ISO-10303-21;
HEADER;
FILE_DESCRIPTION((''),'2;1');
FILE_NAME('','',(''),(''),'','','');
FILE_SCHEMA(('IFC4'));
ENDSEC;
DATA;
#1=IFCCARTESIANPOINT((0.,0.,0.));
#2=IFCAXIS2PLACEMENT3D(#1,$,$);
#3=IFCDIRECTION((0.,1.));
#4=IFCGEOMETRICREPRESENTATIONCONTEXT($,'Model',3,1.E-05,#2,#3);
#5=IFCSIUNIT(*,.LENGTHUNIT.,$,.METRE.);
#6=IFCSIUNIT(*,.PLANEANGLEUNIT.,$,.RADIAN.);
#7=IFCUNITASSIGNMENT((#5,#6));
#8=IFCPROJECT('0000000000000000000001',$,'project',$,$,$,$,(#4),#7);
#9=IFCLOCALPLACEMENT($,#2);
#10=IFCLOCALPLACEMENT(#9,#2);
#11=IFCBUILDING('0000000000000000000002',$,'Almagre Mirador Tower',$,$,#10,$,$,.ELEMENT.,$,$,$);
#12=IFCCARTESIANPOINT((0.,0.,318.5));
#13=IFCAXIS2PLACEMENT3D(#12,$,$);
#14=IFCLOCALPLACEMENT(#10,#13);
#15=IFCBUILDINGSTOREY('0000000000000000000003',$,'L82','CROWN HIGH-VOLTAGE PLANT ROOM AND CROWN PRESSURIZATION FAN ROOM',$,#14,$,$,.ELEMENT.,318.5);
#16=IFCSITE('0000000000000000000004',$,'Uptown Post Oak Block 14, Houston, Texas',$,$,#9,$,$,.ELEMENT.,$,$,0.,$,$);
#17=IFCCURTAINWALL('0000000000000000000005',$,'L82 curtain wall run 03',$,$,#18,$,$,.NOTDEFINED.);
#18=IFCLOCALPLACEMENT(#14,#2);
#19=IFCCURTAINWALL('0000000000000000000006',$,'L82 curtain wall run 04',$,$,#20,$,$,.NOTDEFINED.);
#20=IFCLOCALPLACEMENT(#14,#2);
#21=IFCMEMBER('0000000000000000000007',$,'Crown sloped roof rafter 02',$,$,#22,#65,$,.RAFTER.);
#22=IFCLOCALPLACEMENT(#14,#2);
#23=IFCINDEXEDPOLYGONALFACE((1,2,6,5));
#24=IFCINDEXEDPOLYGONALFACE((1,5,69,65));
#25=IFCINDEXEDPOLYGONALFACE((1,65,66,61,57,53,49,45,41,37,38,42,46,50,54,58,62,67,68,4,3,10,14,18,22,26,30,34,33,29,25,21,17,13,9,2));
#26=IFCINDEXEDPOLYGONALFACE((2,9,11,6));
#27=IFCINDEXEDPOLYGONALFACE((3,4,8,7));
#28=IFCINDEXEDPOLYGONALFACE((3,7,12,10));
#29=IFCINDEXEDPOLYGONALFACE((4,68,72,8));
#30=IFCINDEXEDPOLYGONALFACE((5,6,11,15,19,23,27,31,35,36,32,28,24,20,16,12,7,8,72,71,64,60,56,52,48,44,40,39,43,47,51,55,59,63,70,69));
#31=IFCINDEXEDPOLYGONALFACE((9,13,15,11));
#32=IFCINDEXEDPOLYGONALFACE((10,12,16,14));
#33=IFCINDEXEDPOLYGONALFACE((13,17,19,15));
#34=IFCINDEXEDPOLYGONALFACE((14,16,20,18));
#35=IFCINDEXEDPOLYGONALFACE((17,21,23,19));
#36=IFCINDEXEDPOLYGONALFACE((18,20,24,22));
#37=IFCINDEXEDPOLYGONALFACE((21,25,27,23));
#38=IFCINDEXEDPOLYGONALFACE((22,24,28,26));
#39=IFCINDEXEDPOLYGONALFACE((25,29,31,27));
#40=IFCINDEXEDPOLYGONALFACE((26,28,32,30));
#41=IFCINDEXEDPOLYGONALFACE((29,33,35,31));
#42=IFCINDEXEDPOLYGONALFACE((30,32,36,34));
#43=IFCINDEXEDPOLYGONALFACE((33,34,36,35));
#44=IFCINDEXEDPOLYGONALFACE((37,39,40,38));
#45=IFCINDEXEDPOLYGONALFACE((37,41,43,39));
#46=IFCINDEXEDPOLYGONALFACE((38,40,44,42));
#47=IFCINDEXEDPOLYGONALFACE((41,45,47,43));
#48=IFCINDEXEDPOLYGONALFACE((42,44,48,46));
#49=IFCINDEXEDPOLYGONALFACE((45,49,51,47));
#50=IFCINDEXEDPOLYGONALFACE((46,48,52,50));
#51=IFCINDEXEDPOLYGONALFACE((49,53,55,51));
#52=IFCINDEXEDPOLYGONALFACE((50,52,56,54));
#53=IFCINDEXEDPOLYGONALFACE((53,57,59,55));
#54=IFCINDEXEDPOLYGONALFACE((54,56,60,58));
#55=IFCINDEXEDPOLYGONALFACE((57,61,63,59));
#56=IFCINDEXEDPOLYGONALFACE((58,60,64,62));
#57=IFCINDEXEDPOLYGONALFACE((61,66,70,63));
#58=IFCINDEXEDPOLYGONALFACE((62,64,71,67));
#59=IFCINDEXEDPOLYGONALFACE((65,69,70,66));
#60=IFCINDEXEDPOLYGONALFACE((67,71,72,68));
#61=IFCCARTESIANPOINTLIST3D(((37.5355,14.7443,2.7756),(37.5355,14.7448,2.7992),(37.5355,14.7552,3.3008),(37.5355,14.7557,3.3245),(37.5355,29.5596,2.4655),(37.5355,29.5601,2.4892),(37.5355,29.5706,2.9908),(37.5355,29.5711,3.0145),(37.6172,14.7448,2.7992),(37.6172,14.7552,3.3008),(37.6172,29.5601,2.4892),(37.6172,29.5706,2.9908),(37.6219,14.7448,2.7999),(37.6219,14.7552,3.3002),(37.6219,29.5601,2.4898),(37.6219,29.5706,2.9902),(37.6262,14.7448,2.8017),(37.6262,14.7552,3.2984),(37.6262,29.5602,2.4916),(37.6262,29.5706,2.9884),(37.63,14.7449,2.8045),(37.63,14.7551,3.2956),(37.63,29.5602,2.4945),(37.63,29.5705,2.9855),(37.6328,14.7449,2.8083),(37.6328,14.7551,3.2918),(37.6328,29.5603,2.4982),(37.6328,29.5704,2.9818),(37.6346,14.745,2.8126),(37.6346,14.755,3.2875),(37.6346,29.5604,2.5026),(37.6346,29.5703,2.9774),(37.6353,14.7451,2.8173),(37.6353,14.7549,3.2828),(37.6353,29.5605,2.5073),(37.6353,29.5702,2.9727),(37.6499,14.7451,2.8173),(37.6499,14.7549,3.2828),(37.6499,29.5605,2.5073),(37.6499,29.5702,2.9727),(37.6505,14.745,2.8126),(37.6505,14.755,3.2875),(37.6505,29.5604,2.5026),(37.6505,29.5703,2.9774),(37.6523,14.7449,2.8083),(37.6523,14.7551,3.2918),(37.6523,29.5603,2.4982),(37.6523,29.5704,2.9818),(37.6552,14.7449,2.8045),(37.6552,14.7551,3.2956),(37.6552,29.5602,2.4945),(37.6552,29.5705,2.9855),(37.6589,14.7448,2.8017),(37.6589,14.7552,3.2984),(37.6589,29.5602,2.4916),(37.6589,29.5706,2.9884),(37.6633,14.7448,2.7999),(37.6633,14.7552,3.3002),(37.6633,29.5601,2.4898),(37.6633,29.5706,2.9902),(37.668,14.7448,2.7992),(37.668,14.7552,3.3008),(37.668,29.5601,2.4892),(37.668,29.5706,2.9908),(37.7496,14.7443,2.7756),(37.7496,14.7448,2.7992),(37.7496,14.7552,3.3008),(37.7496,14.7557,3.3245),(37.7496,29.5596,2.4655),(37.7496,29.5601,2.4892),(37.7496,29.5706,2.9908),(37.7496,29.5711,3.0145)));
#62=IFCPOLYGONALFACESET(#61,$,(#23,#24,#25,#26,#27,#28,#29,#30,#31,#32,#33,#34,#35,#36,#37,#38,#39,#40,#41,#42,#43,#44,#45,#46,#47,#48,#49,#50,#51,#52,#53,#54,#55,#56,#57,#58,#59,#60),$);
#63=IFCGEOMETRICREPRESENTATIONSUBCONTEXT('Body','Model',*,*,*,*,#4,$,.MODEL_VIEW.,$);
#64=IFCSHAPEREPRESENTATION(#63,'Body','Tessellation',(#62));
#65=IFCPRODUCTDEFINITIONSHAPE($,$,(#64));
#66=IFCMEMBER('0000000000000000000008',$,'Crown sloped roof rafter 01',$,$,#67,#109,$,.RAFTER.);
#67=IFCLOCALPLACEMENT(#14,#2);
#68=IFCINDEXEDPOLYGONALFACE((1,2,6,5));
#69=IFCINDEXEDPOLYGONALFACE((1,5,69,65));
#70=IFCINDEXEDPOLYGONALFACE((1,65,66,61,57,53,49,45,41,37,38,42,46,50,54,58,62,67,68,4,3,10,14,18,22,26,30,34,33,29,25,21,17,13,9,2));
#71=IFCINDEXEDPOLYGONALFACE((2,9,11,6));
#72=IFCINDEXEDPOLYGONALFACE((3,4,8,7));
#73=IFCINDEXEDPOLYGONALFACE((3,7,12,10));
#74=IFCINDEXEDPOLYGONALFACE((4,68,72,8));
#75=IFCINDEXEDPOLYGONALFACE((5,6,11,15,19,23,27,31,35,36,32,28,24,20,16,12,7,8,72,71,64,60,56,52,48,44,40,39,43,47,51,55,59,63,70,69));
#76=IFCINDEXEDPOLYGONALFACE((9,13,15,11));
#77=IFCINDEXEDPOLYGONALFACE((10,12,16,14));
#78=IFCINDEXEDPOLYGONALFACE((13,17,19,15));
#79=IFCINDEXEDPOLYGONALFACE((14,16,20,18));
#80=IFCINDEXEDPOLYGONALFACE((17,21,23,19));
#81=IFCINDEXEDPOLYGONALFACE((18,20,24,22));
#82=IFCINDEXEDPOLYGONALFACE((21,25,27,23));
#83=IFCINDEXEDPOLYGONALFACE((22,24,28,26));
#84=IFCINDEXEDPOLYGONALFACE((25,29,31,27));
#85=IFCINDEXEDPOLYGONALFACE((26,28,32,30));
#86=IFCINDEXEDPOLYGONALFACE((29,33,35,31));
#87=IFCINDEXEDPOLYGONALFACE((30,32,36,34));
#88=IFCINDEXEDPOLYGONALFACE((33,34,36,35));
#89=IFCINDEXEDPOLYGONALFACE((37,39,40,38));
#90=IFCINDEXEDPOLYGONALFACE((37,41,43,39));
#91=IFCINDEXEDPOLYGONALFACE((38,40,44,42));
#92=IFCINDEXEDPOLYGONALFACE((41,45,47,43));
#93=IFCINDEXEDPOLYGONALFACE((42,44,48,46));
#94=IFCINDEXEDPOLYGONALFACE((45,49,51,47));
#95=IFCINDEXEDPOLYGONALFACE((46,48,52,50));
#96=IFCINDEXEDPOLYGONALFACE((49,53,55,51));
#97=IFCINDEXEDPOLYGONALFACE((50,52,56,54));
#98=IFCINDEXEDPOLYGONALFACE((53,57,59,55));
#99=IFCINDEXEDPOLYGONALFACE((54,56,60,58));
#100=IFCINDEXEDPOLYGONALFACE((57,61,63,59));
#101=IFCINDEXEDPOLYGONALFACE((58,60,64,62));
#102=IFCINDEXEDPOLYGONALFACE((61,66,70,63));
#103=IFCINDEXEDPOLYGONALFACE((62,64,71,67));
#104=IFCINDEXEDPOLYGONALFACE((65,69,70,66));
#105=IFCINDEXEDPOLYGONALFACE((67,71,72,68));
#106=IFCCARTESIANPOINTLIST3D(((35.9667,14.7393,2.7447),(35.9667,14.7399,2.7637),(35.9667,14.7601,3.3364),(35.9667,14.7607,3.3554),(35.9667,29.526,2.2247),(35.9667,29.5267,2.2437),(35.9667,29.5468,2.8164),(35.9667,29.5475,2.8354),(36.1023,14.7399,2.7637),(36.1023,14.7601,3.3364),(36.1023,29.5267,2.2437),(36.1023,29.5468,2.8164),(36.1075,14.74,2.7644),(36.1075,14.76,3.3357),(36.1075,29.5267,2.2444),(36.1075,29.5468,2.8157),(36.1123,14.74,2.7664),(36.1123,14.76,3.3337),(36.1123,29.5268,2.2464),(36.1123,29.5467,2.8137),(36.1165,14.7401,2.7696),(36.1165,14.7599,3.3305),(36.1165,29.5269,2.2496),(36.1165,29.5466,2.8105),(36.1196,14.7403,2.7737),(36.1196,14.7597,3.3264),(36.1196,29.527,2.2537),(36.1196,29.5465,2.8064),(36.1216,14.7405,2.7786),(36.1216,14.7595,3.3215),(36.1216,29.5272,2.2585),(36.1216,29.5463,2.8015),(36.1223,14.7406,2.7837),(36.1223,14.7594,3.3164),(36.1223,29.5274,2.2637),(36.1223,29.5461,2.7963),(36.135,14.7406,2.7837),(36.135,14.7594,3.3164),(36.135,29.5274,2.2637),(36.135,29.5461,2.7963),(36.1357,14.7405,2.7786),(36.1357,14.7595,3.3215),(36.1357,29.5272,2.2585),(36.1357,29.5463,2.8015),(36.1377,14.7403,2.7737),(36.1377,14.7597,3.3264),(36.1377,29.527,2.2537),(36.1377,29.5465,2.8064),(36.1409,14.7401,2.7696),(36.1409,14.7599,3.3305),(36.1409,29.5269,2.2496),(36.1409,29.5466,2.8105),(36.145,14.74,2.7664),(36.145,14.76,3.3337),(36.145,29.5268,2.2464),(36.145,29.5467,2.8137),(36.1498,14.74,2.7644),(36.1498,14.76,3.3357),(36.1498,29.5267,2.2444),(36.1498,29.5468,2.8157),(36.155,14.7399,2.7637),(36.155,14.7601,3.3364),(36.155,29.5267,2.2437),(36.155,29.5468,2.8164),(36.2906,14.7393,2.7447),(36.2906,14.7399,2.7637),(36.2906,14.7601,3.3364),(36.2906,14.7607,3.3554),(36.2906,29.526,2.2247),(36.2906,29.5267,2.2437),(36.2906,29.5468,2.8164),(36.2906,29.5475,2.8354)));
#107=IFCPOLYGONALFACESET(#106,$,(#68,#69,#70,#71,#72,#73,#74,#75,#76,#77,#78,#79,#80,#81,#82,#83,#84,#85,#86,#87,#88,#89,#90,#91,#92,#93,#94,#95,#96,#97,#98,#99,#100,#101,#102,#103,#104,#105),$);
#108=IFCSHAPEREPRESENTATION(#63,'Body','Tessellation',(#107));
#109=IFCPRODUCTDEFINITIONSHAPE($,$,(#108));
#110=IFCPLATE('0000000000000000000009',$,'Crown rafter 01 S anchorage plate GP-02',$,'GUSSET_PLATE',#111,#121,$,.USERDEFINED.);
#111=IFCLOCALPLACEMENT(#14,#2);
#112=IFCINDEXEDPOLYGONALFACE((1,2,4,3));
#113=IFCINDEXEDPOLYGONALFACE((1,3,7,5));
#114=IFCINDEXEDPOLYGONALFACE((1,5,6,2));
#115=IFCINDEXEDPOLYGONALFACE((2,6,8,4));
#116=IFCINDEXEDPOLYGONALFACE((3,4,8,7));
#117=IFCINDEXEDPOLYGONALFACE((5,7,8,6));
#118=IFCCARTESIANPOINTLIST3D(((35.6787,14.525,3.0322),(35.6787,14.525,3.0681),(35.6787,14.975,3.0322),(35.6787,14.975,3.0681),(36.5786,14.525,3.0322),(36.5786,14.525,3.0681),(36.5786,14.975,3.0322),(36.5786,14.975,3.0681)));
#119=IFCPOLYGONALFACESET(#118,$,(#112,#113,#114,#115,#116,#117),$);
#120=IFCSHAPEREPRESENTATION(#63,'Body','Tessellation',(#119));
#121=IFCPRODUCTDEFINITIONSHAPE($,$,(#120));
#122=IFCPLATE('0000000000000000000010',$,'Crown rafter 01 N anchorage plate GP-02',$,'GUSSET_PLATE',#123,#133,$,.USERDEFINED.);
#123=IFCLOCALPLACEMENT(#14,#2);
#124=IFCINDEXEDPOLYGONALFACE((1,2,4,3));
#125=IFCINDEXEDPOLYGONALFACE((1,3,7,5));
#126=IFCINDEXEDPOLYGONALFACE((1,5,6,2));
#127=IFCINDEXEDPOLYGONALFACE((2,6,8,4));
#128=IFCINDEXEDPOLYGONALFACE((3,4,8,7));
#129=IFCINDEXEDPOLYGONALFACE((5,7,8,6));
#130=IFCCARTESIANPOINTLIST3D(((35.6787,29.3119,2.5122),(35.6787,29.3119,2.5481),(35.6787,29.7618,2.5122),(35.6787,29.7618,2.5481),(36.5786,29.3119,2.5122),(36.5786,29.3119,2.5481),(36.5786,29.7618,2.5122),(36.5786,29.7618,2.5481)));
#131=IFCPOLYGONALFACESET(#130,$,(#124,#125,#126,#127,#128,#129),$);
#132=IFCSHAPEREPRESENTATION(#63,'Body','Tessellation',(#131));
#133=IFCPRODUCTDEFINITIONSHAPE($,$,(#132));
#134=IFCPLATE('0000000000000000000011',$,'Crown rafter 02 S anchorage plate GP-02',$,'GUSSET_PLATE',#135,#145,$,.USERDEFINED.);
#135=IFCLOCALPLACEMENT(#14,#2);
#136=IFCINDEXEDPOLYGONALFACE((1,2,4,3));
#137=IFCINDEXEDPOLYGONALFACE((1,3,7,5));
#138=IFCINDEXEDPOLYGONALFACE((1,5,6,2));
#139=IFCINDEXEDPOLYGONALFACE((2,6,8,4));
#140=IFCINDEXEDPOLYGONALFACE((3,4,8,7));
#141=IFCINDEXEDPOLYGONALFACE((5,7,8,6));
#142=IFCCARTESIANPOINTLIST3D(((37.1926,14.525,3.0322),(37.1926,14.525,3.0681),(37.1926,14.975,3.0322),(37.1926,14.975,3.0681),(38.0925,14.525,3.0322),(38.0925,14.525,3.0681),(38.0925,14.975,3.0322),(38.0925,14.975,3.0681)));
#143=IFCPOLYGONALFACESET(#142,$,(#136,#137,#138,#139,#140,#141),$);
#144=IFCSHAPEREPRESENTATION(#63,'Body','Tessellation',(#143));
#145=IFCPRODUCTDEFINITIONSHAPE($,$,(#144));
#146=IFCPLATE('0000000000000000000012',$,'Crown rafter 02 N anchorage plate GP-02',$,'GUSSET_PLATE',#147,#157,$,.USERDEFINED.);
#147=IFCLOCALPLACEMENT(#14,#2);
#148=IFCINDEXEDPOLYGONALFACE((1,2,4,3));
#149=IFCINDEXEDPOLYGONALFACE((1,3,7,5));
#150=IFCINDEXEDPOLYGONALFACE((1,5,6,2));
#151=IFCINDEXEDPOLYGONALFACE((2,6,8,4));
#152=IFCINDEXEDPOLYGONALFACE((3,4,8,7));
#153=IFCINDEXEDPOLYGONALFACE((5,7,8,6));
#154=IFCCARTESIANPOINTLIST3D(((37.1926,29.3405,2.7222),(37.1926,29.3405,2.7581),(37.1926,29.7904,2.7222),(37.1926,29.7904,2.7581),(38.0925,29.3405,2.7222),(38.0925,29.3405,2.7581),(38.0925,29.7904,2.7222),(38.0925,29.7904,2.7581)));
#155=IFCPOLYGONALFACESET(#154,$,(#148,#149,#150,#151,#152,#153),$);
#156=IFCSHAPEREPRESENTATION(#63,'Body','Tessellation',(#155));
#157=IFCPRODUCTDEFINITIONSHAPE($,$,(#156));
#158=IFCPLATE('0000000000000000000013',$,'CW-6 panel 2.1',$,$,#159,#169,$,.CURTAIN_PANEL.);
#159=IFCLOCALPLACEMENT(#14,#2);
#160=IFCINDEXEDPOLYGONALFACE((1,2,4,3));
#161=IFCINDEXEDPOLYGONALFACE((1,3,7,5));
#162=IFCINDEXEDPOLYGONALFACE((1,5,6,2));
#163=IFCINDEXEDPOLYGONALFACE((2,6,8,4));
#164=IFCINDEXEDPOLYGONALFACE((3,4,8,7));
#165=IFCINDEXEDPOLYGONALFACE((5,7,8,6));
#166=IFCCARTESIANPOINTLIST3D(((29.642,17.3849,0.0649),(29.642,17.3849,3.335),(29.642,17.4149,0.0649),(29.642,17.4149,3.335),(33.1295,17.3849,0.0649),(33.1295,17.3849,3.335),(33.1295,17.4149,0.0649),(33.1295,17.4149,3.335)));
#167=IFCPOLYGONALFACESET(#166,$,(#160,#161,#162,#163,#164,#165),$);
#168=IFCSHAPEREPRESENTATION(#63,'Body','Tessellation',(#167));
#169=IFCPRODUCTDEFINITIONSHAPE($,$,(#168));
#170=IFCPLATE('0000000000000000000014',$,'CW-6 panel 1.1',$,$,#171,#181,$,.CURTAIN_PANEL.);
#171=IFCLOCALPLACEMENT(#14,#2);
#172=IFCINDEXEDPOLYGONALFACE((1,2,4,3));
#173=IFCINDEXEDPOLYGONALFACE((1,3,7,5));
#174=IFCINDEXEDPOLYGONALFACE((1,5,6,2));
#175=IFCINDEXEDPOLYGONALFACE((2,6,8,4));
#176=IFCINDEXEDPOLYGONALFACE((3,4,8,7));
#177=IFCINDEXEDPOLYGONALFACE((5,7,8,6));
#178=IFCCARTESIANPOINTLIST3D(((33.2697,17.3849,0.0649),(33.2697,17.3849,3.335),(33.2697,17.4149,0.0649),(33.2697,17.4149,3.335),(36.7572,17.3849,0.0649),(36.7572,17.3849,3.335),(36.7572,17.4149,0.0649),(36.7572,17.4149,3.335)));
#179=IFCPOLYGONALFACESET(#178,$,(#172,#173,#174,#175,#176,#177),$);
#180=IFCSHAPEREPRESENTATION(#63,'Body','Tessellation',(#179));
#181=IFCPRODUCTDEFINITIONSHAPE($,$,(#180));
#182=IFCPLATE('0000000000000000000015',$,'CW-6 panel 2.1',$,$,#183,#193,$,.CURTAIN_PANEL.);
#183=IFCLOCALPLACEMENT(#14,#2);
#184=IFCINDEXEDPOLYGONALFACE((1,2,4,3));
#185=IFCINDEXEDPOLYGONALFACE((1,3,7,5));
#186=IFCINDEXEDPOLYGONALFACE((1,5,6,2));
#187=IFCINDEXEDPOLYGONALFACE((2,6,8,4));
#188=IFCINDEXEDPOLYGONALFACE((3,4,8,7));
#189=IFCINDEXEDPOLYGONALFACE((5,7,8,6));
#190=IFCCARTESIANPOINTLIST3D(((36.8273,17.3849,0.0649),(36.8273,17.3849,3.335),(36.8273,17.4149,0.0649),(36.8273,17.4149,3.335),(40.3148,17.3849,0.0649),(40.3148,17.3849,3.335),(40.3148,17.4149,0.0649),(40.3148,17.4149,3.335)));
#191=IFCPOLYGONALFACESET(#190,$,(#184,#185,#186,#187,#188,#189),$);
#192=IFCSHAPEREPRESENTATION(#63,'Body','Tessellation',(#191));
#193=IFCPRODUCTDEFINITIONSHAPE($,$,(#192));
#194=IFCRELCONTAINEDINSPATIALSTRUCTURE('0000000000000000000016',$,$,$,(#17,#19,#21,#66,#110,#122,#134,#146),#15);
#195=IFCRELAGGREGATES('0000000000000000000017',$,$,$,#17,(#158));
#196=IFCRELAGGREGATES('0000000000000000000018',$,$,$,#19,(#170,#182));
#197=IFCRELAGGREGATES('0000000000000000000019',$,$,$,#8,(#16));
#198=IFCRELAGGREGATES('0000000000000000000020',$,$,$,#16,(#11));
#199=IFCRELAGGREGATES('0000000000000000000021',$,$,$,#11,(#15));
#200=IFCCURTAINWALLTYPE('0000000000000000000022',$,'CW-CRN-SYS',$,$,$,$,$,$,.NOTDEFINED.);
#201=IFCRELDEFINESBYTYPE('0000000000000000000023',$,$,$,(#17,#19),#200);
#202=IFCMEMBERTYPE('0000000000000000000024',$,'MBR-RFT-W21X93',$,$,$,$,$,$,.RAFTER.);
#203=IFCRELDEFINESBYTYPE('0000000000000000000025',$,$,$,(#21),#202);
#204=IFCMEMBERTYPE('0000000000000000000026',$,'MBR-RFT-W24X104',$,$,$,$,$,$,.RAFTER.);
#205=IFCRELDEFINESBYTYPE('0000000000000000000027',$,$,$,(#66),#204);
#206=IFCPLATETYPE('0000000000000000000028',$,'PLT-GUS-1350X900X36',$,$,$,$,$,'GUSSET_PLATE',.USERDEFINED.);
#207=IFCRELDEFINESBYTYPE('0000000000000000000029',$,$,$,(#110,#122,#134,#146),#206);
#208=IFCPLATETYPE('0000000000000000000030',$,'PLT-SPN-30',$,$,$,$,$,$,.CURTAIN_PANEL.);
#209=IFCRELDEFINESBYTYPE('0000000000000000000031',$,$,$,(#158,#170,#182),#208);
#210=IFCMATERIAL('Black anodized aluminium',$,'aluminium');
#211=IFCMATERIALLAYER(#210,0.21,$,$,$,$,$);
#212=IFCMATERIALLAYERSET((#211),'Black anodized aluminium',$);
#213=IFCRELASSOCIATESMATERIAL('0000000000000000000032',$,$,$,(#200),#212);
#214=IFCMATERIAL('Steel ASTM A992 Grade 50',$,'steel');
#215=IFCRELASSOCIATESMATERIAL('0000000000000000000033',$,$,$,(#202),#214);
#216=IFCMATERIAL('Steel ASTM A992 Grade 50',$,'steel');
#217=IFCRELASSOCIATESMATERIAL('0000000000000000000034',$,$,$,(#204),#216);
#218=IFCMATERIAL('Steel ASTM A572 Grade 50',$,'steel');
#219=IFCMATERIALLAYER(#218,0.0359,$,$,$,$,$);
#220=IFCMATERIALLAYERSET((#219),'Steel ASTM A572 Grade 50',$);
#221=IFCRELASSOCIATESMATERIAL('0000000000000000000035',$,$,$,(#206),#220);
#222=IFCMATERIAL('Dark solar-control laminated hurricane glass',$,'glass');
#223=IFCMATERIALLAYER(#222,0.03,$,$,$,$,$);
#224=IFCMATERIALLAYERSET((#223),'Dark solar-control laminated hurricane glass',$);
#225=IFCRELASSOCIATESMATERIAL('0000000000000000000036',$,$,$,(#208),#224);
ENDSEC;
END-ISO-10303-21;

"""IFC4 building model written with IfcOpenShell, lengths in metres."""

from ifc_helpers import new_model, si_unit, direction, frame, origin, origin_2d, place, context, subcontext, project, spatial, rectangle, i_section, extrude, material, layer, layer_set, material_profile, profile_set, type_object, element, aggregate, save


model = new_model("IFC4")

# Units and contexts
model_context = context("Model", 3, precision=1e-05, world=origin(), true_north=direction((0.0, 1.0)))
body_context = subcontext(model_context, "Body", "Model", "MODEL_VIEW")
ifc_project = project(units=[si_unit("LENGTHUNIT", "METRE"), si_unit("PLANEANGLEUNIT", "RADIAN")], contexts=[model_context])

# Site, building, storey
site_placement = place(None, origin())
site = spatial("IfcSite", under=ifc_project, at=site_placement, Name="Uptown Post Oak Block 14, Houston, Texas", CompositionType="ELEMENT", RefElevation=0.0)
building_placement = place(site_placement, origin())
building = spatial("IfcBuilding", under=site, at=building_placement, Name="Almagre Mirador Tower", CompositionType="ELEMENT")
storey_placement = place(building_placement, frame((0.0, 0.0, 318.5)))
storey = spatial("IfcBuildingStorey", under=building, at=storey_placement, Name="L82", Description="CROWN HIGH-VOLTAGE PLANT ROOM AND CROWN PRESSURIZATION FAN ROOM", CompositionType="ELEMENT", Elevation=318.5)

# Curtain walls
ifc_material_1 = material(Name="Black anodized aluminium", Category="aluminium")
ifc_layer_1 = layer(ifc_material_1, 0.21)
ifc_layer_set_1 = layer_set([ifc_layer_1], Name="Black anodized aluminium")
curtain_wall_type = type_object("IfcCurtainWallType", Name="CW-CRN-SYS", PredefinedType="NOTDEFINED", material=ifc_layer_set_1)
curtain_wall_1_placement = place(storey_placement, origin())
curtain_wall_1 = element("IfcCurtainWall", 1, at=curtain_wall_1_placement, inside=storey, type_object=curtain_wall_type, Name="L82 curtain wall run 03", PredefinedType="NOTDEFINED")
curtain_wall_2_placement = place(storey_placement, origin())
curtain_wall_2 = element("IfcCurtainWall", 2, at=curtain_wall_2_placement, inside=storey, type_object=curtain_wall_type, Name="L82 curtain wall run 04", PredefinedType="NOTDEFINED")

# Members
ifc_material_2 = material(Name="Steel ASTM A992 Grade 50", Category="steel")
ifc_material_profile_1 = material_profile(ifc_material_2, i_section(OverallWidth=0.2141, OverallDepth=0.5491, WebThickness=0.0146, FlangeThickness=0.0237, FilletRadius=0.0181, at=origin_2d()), Name="W21X93")
ifc_profile_set_1 = profile_set([ifc_material_profile_1], Name="Steel ASTM A992 Grade 50")
member_type_1 = type_object("IfcMemberType", Name="MBR-RFT-W21X93", PredefinedType="RAFTER", material=ifc_profile_set_1)
member_1_placement = place(storey_placement, frame((37.6426, 14.75, 3.05), z_axis=(0.0, 0.999781, -0.020924), x_axis=(-1.0, 0.0, 0.0)))
element("IfcMember", 3, at=member_1_placement, inside=storey, type_object=member_type_1, Name="Crown sloped roof rafter 02", PredefinedType="RAFTER", context=body_context, shape_type="SweptSolid", body=[
    extrude(i_section(OverallWidth=0.2141, OverallDepth=0.5491, WebThickness=0.0146, FlangeThickness=0.0237, FilletRadius=0.0181, at=origin_2d()), origin(), (0.0, 0.0, 1.0), 14.8186),
])
ifc_material_3 = material(Name="Steel ASTM A992 Grade 50", Category="steel")
ifc_material_profile_2 = material_profile(ifc_material_3, i_section(OverallWidth=0.324, OverallDepth=0.6111, WebThickness=0.0127, FlangeThickness=0.019, FilletRadius=0.02, at=origin_2d()), Name="W24X104")
ifc_profile_set_2 = profile_set([ifc_material_profile_2], Name="Steel ASTM A992 Grade 50")
member_type_2 = type_object("IfcMemberType", Name="MBR-RFT-W24X104", PredefinedType="RAFTER", material=ifc_profile_set_2)
member_2_placement = place(storey_placement, frame((36.1287, 14.75, 3.05), z_axis=(0.0, 0.999382, -0.035146), x_axis=(-1.0, 0.0, 0.0)))
element("IfcMember", 4, at=member_2_placement, inside=storey, type_object=member_type_2, Name="Crown sloped roof rafter 01", PredefinedType="RAFTER", context=body_context, shape_type="SweptSolid", body=[
    extrude(i_section(OverallWidth=0.324, OverallDepth=0.6111, WebThickness=0.0127, FlangeThickness=0.019, FilletRadius=0.02, at=origin_2d()), origin(), (0.0, 0.0, 1.0), 14.7959),
])

# Plates
ifc_material_4 = material(Name="Steel ASTM A572 Grade 50", Category="steel")
ifc_layer_2 = layer(ifc_material_4, 0.0359)
ifc_layer_set_2 = layer_set([ifc_layer_2], Name="Steel ASTM A572 Grade 50")
plate_type_1 = type_object("IfcPlateType", Name="PLT-GUS-1350X900X36", ElementType="GUSSET_PLATE", PredefinedType="USERDEFINED", material=ifc_layer_set_2)
for number, where, z_axis, x_axis, name in (
    (5, (36.1287, 14.75, 3.0322), (0.0, 0.0, 1.0), (1.0, 0.0, 0.0), "Crown rafter 01 S anchorage plate GP-02"),
    (6, (36.1287, 29.5369, 2.5122), (0.0, 0.0, 1.0), (1.0, 0.0, 0.0), "Crown rafter 01 N anchorage plate GP-02"),
    (7, (37.6426, 14.75, 3.0322), (0.0, 0.0, 1.0), (1.0, 0.0, 0.0), "Crown rafter 02 S anchorage plate GP-02"),
    (8, (37.6426, 29.5654, 2.7222), (0.0, 0.0, 1.0), (1.0, 0.0, 0.0), "Crown rafter 02 N anchorage plate GP-02"),
):
    element("IfcPlate", number, at=place(storey_placement, frame(where, z_axis=z_axis, x_axis=x_axis)), inside=storey, type_object=plate_type_1, Name=name, ObjectType="GUSSET_PLATE", PredefinedType="USERDEFINED", context=body_context, shape_type="SweptSolid", body=[
        extrude(rectangle(XDim=0.8999, YDim=0.45, at=origin_2d()), origin(), (0.0, 0.0, 1.0), 0.0359),
    ])

# Plates
ifc_material_5 = material(Name="Dark solar-control laminated hurricane glass", Category="glass")
ifc_layer_3 = layer(ifc_material_5, 0.03)
ifc_layer_set_3 = layer_set([ifc_layer_3], Name="Dark solar-control laminated hurricane glass")
plate_type_2 = type_object("IfcPlateType", Name="PLT-SPN-30", PredefinedType="CURTAIN_PANEL", material=ifc_layer_set_3)
plate_1_placement = place(storey_placement, frame((31.3857, 17.3999, 0.0649), z_axis=(0.0, 0.0, 1.0), x_axis=(1.0, 0.0, 0.0)))
plate_1 = element("IfcPlate", 9, at=plate_1_placement, type_object=plate_type_2, Name="CW-6 panel 2.1", PredefinedType="CURTAIN_PANEL", context=body_context, shape_type="SweptSolid", body=[
    extrude(rectangle(XDim=3.4875, YDim=0.03, at=origin_2d()), origin(), (0.0, 0.0, 1.0), 3.27),
])
aggregate(curtain_wall_1, [plate_1])
plate_2_placement = place(storey_placement, frame((35.0134, 17.3999, 0.0649), z_axis=(0.0, 0.0, 1.0), x_axis=(1.0, 0.0, 0.0)))
plate_2 = element("IfcPlate", 10, at=plate_2_placement, type_object=plate_type_2, Name="CW-6 panel 1.1", PredefinedType="CURTAIN_PANEL", context=body_context, shape_type="SweptSolid", body=[
    extrude(rectangle(XDim=3.4875, YDim=0.03, at=origin_2d()), origin(), (0.0, 0.0, 1.0), 3.27),
])
plate_3_placement = place(storey_placement, frame((38.571, 17.3999, 0.0649), z_axis=(0.0, 0.0, 1.0), x_axis=(1.0, 0.0, 0.0)))
plate_3 = element("IfcPlate", 11, at=plate_3_placement, type_object=plate_type_2, Name="CW-6 panel 2.1", PredefinedType="CURTAIN_PANEL", context=body_context, shape_type="SweptSolid", body=[
    extrude(rectangle(XDim=3.4875, YDim=0.03, at=origin_2d()), origin(), (0.0, 0.0, 1.0), 3.27),
])
aggregate(curtain_wall_2, [plate_2, plate_3])

save(model, "model.ifc")
